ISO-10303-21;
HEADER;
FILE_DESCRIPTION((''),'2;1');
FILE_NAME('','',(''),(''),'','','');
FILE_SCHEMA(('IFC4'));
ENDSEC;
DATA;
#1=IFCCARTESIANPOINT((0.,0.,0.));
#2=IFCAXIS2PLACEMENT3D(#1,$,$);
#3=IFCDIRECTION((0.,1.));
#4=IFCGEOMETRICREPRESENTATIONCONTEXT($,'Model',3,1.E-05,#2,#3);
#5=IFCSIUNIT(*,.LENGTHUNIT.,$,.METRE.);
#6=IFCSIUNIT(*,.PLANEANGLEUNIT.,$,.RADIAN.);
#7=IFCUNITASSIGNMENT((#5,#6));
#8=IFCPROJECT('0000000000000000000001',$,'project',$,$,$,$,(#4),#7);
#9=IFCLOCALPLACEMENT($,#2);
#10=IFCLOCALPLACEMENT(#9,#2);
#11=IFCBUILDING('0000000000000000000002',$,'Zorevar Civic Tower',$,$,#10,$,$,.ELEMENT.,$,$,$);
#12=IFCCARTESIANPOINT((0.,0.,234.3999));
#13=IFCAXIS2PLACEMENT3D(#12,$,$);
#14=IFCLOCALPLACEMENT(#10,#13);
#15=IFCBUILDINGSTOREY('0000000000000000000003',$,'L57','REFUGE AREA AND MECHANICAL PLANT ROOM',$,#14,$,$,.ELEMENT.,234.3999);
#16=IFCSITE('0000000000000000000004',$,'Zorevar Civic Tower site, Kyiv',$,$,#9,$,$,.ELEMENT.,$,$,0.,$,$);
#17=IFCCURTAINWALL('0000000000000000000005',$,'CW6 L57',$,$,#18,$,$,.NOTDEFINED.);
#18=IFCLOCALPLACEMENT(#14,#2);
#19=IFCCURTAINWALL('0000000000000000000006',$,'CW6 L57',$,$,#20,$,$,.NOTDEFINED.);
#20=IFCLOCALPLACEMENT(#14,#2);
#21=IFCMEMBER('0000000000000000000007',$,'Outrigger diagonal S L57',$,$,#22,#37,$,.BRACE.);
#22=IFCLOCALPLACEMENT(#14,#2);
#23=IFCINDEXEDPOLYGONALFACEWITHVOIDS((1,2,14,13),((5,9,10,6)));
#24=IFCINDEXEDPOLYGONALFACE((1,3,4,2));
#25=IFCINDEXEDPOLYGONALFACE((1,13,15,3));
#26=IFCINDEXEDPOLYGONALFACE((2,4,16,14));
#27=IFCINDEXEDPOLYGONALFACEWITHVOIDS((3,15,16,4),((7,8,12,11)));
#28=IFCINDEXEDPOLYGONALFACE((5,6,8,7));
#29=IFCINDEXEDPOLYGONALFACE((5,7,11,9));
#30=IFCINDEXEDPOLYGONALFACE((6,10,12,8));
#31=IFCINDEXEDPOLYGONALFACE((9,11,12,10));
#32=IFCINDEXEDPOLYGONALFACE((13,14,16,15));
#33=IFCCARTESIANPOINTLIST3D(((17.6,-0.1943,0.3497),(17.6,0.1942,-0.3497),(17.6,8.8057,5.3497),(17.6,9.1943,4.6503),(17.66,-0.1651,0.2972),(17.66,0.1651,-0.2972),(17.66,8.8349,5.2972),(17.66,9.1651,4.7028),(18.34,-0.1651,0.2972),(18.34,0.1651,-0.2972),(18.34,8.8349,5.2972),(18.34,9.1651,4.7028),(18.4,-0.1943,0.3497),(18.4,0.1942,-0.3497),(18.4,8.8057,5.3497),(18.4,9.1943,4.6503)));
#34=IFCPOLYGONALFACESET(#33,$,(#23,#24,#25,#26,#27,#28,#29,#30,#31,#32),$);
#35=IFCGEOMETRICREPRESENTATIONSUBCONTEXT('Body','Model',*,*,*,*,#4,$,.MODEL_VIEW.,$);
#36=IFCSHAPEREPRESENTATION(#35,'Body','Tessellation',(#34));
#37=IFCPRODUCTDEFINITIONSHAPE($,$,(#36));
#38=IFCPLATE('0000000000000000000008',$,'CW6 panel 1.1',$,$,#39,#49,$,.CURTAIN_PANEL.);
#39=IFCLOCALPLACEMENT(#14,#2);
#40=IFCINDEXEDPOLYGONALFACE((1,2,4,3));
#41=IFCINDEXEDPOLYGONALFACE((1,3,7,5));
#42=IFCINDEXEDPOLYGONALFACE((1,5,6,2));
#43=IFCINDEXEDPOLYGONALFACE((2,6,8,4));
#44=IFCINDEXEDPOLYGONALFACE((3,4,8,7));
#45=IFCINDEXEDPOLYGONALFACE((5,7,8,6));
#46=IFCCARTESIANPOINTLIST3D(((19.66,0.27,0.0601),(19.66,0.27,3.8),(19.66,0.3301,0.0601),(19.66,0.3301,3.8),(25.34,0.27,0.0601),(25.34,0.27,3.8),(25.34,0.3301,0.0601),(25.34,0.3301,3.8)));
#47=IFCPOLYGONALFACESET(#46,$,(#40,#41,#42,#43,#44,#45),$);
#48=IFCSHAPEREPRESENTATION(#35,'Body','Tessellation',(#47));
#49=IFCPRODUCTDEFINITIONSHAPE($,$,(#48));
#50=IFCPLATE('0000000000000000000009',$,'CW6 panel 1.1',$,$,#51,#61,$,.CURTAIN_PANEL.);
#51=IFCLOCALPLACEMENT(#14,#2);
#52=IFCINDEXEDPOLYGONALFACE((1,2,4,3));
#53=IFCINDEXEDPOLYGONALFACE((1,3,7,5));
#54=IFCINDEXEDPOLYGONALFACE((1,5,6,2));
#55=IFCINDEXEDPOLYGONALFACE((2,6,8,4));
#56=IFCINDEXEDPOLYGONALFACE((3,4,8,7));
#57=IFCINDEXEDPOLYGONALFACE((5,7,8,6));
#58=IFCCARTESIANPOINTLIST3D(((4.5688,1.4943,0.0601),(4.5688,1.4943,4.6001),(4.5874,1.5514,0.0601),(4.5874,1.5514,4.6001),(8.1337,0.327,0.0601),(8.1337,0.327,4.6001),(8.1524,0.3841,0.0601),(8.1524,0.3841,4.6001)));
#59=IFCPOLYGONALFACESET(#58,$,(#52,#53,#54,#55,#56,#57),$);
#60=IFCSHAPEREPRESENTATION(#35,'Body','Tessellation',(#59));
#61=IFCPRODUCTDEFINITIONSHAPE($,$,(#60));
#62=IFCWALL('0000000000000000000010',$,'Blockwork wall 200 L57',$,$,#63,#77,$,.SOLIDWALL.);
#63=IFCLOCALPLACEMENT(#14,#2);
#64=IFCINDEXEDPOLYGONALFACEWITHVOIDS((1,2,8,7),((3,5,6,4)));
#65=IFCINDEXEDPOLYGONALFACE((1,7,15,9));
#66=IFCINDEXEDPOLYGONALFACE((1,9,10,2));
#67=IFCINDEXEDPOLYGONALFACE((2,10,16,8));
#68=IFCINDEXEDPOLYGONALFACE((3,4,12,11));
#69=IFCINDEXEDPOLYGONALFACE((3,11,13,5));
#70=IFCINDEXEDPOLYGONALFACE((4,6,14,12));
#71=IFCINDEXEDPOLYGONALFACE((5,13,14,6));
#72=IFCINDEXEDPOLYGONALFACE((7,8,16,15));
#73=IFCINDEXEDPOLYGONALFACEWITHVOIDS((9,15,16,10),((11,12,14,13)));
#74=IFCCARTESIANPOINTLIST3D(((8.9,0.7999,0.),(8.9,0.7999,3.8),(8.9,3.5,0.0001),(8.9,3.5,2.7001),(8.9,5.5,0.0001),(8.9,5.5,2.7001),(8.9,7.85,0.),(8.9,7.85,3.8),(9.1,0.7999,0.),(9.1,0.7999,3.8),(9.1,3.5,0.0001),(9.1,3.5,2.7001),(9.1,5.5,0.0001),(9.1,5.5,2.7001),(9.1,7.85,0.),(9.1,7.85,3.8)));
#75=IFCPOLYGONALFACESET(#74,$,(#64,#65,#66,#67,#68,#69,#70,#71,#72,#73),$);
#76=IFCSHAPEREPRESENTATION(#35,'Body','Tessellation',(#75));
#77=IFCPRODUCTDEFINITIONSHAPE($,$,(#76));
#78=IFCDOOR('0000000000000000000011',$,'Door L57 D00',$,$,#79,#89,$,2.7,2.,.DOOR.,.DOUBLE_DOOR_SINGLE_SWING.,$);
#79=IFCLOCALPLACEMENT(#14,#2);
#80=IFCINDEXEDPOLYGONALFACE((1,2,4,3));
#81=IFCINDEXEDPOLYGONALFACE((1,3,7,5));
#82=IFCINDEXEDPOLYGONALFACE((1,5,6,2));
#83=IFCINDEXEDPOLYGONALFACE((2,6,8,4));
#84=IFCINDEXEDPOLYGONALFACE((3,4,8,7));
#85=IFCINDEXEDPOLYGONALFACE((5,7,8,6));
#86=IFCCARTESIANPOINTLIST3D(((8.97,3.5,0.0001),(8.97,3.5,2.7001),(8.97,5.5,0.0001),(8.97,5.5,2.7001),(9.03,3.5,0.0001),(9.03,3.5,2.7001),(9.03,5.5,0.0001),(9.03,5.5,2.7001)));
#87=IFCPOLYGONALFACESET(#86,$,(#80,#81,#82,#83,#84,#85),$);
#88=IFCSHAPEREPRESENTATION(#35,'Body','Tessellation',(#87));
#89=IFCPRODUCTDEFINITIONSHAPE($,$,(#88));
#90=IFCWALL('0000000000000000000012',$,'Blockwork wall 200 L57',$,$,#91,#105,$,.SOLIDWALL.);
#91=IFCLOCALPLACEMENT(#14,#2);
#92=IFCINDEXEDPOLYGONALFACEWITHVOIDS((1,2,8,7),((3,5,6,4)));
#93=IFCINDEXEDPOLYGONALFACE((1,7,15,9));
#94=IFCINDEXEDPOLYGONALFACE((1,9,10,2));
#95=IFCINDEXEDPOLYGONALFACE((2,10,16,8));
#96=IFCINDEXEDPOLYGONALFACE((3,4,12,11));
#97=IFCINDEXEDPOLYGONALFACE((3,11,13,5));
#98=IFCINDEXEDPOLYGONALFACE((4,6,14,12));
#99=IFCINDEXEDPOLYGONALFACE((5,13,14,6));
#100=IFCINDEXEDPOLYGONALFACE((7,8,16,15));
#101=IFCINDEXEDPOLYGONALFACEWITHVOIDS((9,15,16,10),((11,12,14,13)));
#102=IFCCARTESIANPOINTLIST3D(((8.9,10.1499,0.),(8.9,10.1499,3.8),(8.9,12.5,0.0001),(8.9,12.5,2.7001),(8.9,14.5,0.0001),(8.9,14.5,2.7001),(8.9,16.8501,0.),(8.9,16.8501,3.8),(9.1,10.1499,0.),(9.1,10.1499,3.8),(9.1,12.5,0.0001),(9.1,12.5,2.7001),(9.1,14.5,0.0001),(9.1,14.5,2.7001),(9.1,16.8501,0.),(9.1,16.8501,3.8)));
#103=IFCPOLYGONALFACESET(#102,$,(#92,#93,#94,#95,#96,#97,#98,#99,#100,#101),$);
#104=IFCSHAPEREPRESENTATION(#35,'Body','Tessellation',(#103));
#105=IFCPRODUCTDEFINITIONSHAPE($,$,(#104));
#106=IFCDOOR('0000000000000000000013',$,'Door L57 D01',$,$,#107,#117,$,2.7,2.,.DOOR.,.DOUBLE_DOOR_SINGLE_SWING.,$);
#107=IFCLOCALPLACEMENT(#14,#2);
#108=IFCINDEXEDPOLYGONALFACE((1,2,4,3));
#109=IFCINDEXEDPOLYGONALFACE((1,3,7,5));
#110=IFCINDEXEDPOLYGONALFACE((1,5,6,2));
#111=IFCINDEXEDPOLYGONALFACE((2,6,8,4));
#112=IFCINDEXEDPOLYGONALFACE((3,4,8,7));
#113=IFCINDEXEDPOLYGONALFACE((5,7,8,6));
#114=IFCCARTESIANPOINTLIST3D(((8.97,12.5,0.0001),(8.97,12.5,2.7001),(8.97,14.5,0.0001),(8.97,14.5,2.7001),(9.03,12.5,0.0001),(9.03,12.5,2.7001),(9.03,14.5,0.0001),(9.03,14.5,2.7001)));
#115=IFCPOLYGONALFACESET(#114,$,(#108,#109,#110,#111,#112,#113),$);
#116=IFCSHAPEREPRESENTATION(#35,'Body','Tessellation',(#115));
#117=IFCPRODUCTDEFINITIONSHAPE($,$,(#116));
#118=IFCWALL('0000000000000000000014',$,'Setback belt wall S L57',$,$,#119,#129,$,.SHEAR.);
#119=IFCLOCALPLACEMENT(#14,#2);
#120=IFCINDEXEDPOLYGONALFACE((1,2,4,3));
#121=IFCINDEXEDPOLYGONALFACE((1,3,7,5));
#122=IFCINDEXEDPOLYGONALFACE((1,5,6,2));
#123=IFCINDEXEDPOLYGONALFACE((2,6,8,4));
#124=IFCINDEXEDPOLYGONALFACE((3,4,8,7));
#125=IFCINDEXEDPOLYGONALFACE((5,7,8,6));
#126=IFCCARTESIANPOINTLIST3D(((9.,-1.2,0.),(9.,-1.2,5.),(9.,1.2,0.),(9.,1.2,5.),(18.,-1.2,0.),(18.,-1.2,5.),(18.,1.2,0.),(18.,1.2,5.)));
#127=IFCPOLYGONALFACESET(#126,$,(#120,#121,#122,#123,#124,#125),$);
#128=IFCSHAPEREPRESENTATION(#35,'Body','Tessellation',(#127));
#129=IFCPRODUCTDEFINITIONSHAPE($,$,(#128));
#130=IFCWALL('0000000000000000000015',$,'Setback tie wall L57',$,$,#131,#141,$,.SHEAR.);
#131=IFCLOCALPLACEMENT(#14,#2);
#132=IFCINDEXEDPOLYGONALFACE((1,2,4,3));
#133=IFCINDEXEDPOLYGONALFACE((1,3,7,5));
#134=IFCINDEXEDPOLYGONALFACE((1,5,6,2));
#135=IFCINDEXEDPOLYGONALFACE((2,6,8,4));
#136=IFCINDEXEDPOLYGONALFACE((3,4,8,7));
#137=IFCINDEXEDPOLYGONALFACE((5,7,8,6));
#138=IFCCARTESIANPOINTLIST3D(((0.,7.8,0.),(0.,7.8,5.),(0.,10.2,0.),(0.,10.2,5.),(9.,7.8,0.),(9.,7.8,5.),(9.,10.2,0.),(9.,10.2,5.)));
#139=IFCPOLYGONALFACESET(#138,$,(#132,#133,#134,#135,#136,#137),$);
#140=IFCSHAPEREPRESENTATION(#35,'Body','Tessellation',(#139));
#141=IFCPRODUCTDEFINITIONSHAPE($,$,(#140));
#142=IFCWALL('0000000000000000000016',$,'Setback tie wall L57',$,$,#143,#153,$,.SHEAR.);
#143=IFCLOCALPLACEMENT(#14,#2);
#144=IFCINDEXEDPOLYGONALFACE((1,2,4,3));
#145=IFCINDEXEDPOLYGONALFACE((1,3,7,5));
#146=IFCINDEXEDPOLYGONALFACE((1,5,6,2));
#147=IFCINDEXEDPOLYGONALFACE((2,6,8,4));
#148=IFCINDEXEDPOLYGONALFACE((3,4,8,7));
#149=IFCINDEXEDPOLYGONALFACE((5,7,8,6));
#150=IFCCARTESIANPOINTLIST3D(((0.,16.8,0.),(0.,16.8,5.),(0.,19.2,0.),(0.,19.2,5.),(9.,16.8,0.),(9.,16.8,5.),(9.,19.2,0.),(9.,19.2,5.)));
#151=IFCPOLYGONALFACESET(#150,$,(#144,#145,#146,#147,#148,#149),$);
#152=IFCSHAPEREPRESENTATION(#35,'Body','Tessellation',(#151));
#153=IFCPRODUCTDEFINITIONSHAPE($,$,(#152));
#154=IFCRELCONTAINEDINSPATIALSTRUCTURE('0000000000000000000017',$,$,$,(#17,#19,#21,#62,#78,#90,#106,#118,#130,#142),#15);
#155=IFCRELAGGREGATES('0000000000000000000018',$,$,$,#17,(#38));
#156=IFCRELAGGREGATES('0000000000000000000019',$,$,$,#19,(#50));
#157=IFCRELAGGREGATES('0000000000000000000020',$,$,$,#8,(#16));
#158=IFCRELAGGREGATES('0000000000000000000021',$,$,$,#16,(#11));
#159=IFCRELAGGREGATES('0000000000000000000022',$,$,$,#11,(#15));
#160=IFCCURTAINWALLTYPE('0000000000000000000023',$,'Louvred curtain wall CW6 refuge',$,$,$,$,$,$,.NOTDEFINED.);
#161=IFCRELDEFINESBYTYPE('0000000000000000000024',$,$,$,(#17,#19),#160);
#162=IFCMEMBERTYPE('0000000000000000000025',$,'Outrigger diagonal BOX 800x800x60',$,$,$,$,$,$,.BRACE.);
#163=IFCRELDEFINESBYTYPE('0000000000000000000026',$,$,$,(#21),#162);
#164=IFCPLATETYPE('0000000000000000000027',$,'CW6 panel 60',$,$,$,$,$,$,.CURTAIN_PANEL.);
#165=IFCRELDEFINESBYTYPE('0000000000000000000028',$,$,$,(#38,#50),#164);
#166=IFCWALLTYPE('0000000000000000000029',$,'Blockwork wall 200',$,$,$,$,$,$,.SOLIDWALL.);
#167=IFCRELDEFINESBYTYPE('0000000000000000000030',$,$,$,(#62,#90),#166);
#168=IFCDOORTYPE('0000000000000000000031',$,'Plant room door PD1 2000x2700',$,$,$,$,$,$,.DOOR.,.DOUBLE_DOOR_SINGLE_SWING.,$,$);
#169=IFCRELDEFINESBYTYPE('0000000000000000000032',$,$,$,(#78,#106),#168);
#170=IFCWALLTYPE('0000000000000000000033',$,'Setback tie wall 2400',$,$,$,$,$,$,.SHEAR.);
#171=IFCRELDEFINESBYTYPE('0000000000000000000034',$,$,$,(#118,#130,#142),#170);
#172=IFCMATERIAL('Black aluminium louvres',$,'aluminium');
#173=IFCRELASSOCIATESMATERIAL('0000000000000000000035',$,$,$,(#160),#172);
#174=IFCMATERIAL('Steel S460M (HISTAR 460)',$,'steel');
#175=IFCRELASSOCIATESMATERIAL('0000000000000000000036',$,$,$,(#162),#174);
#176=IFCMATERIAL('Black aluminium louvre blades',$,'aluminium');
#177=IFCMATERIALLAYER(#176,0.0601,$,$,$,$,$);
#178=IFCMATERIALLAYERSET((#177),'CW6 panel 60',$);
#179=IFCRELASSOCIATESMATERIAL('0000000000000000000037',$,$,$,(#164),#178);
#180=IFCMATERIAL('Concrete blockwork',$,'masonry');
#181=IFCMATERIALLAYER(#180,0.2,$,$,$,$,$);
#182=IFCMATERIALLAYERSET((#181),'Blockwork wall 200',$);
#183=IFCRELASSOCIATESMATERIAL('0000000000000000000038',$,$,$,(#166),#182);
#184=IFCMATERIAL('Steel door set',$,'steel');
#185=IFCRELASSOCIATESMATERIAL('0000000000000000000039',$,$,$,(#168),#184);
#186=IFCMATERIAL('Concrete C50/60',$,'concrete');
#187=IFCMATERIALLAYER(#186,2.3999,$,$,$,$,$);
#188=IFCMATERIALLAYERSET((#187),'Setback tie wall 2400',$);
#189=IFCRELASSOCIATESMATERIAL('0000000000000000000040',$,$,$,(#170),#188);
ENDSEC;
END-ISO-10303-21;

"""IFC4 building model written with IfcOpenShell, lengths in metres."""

from ifc_helpers import new_model, si_unit, direction, frame, frame_2d, origin, origin_2d, place, context, subcontext, project, spatial, rectangle, hollow_rectangle, extrude, material, layer, layer_set, material_profile, profile_set, type_object, element, fill, aggregate, save


model = new_model("IFC4")

# Units and contexts
model_context = context("Model", 3, precision=1e-05, world=origin(), true_north=direction((0.0, 1.0)))
body_context = subcontext(model_context, "Body", "Model", "MODEL_VIEW")
ifc_project = project(units=[si_unit("LENGTHUNIT", "METRE"), si_unit("PLANEANGLEUNIT", "RADIAN")], contexts=[model_context])

# Site, building, storey
site_placement = place(None, origin())
site = spatial("IfcSite", under=ifc_project, at=site_placement, Name="Zorevar Civic Tower site, Kyiv", CompositionType="ELEMENT", RefElevation=0.0)
building_placement = place(site_placement, origin())
building = spatial("IfcBuilding", under=site, at=building_placement, Name="Zorevar Civic Tower", CompositionType="ELEMENT")
storey_placement = place(building_placement, frame((0.0, 0.0, 234.3999)))
storey = spatial("IfcBuildingStorey", under=building, at=storey_placement, Name="L57", Description="REFUGE AREA AND MECHANICAL PLANT ROOM", CompositionType="ELEMENT", Elevation=234.3999)

# Curtain wall
ifc_material_1 = material(Name="Black aluminium louvres", Category="aluminium")
curtain_wall_type = type_object("IfcCurtainWallType", Name="Louvred curtain wall CW6 refuge", PredefinedType="NOTDEFINED", material=ifc_material_1)
curtain_wall_1_placement = place(storey_placement, origin())
curtain_wall_1 = element("IfcCurtainWall", 1, at=curtain_wall_1_placement, inside=storey, type_object=curtain_wall_type, Name="CW6 L57", PredefinedType="NOTDEFINED")

# Curtain wall
curtain_wall_2_placement = place(storey_placement, origin())
curtain_wall_2 = element("IfcCurtainWall", 2, at=curtain_wall_2_placement, inside=storey, type_object=curtain_wall_type, Name="CW6 L57", PredefinedType="NOTDEFINED")

# Member
ifc_material_2 = material(Name="Steel S460M (HISTAR 460)", Category="steel")
ifc_material_profile_1 = material_profile(ifc_material_2, hollow_rectangle(XDim=0.8, YDim=0.8, WallThickness=0.0601, at=origin_2d()), Name="BOX 800x800x60")
ifc_profile_set_1 = profile_set([ifc_material_profile_1], Name="Steel S460M (HISTAR 460)")
member_type_1 = type_object("IfcMemberType", Name="Outrigger diagonal BOX 800x800x60", PredefinedType="BRACE", material=ifc_profile_set_1)
member_1_placement = place(storey_placement, frame((18.0, 9.0, 5.0), z_axis=(0.0, -0.874157, -0.485643), x_axis=(1.0, 0.0, 0.0)))
element("IfcMember", 3, at=member_1_placement, inside=storey, type_object=member_type_1, Name="Outrigger diagonal S L57", PredefinedType="BRACE", context=body_context, shape_type="SweptSolid", body=[
    extrude(hollow_rectangle(XDim=0.8, YDim=0.8, WallThickness=0.0601, at=origin_2d()), origin(), (0.0, 0.0, 1.0), 10.2957),
])

# Plates
ifc_material_3 = material(Name="Black aluminium louvre blades", Category="aluminium")
ifc_layer_1 = layer(ifc_material_3, 0.0601)
ifc_layer_set_1 = layer_set([ifc_layer_1], Name="CW6 panel 60")
plate_type = type_object("IfcPlateType", Name="CW6 panel 60", PredefinedType="CURTAIN_PANEL", material=ifc_layer_set_1)
plate_1_placement = place(storey_placement, frame((22.5, 0.3, 0.0601), z_axis=(0.0, 0.0, 1.0), x_axis=(1.0, 0.0, 0.0)))
plate_1 = element("IfcPlate", 4, at=plate_1_placement, type_object=plate_type, Name="CW6 panel 1.1", PredefinedType="CURTAIN_PANEL", context=body_context, shape_type="SweptSolid", body=[
    extrude(rectangle(XDim=5.6799, YDim=0.0601, at=origin_2d()), origin(), (0.0, 0.0, 1.0), 3.74),
])
aggregate(curtain_wall_1, [plate_1])
plate_2_placement = place(storey_placement, frame((6.3606, 0.9392, 0.0601), z_axis=(0.0, 0.0, 1.0), x_axis=(0.950354, -0.311169, 0.0)))
plate_2 = element("IfcPlate", 5, at=plate_2_placement, type_object=plate_type, Name="CW6 panel 1.1", PredefinedType="CURTAIN_PANEL", context=body_context, shape_type="SweptSolid", body=[
    extrude(rectangle(XDim=3.7512, YDim=0.0601, at=origin_2d()), origin(), (0.0, 0.0, 1.0), 4.54),
])
aggregate(curtain_wall_2, [plate_2])

# Walls, openings, doors
ifc_material_4 = material(Name="Concrete blockwork", Category="masonry")
ifc_layer_2 = layer(ifc_material_4, 0.2)
ifc_layer_set_2 = layer_set([ifc_layer_2], Name="Blockwork wall 200")
wall_type_1 = type_object("IfcWallType", Name="Blockwork wall 200", PredefinedType="SOLIDWALL", material=ifc_layer_set_2)
wall_1_placement = place(storey_placement, frame((9.0, 0.8, 0.0), z_axis=(0.0, 0.0, 1.0), x_axis=(0.0, 1.0, 0.0)))
wall_1 = element("IfcWall", 6, at=wall_1_placement, inside=storey, type_object=wall_type_1, Name="Blockwork wall 200 L57", PredefinedType="SOLIDWALL", context=body_context, shape_type="SweptSolid", body=[
    extrude(rectangle(XDim=7.05, YDim=0.2, at=frame_2d((3.5249, 0.0))), origin(), (0.0, 0.0, 1.0), 3.8),
])
opening_1_placement = place(wall_1_placement, frame((2.7, 0.0, 0.0)))
opening_1 = element("IfcOpeningElement", 7, at=opening_1_placement, cuts=wall_1, PredefinedType="OPENING", context=body_context, shape_type="SweptSolid", body=[
    extrude(rectangle(XDim=2.0, YDim=2.7, at=frame_2d((1.0, 1.3501))), frame((0.0, 0.1099, 0.0), z_axis=(0.0, -1.0, 0.0), x_axis=(1.0, 0.0, 0.0)), (0.0, 0.0, 1.0), 0.22),
])
ifc_material_5 = material(Name="Steel door set", Category="steel")
door_type = type_object("IfcDoorType", Name="Plant room door PD1 2000x2700", OperationType="DOUBLE_DOOR_SINGLE_SWING", PredefinedType="DOOR", material=ifc_material_5)
door_1_placement = place(opening_1_placement, origin())
door_1 = element("IfcDoor", 8, at=door_1_placement, inside=storey, type_object=door_type, Name="Door L57 D00", OperationType="DOUBLE_DOOR_SINGLE_SWING", OverallHeight=2.7, OverallWidth=2.0, PredefinedType="DOOR", context=body_context, shape_type="SweptSolid", body=[
    extrude(rectangle(XDim=2.0, YDim=2.7, at=frame_2d((1.0, 1.3501))), frame((0.0, 0.03, 0.0), z_axis=(0.0, -1.0, 0.0), x_axis=(1.0, 0.0, 0.0)), (0.0, 0.0, 1.0), 0.0601),
])
fill(opening_1, door_1)
wall_2_placement = place(storey_placement, frame((9.0, 10.1499, 0.0), z_axis=(0.0, 0.0, 1.0), x_axis=(0.0, 1.0, 0.0)))
wall_2 = element("IfcWall", 9, at=wall_2_placement, inside=storey, type_object=wall_type_1, Name="Blockwork wall 200 L57", PredefinedType="SOLIDWALL", context=body_context, shape_type="SweptSolid", body=[
    extrude(rectangle(XDim=6.7002, YDim=0.2, at=frame_2d((3.3501, 0.0))), origin(), (0.0, 0.0, 1.0), 3.8),
])
opening_2_placement = place(wall_2_placement, frame((2.3501, 0.0, 0.0)))
opening_2 = element("IfcOpeningElement", 10, at=opening_2_placement, cuts=wall_2, PredefinedType="OPENING", context=body_context, shape_type="SweptSolid", body=[
    extrude(rectangle(XDim=2.0, YDim=2.7, at=frame_2d((1.0, 1.3501))), frame((0.0, 0.1099, 0.0), z_axis=(0.0, -1.0, 0.0), x_axis=(1.0, 0.0, 0.0)), (0.0, 0.0, 1.0), 0.22),
])
door_2_placement = place(opening_2_placement, origin())
door_2 = element("IfcDoor", 11, at=door_2_placement, inside=storey, type_object=door_type, Name="Door L57 D01", OperationType="DOUBLE_DOOR_SINGLE_SWING", OverallHeight=2.7, OverallWidth=2.0, PredefinedType="DOOR", context=body_context, shape_type="SweptSolid", body=[
    extrude(rectangle(XDim=2.0, YDim=2.7, at=frame_2d((1.0, 1.3501))), frame((0.0, 0.03, 0.0), z_axis=(0.0, -1.0, 0.0), x_axis=(1.0, 0.0, 0.0)), (0.0, 0.0, 1.0), 0.0601),
])
fill(opening_2, door_2)

# Walls
ifc_material_6 = material(Name="Concrete C50/60", Category="concrete")
ifc_layer_3 = layer(ifc_material_6, 2.3999)
ifc_layer_set_3 = layer_set([ifc_layer_3], Name="Setback tie wall 2400")
wall_type_2 = type_object("IfcWallType", Name="Setback tie wall 2400", PredefinedType="SHEAR", material=ifc_layer_set_3)
for number, where, z_axis, x_axis, name in (
    (12, (9.0, 0.0, 0.0), (0.0, 0.0, 1.0), (1.0, 0.0, 0.0), "Setback belt wall S L57"),
    (13, (9.0, 9.0, 0.0), (0.0, 0.0, 1.0), (-1.0, 0.0, 0.0), "Setback tie wall L57"),
    (14, (9.0, 18.0, 0.0), (0.0, 0.0, 1.0), (-1.0, 0.0, 0.0), "Setback tie wall L57"),
):
    element("IfcWall", number, at=place(storey_placement, frame(where, z_axis=z_axis, x_axis=x_axis)), inside=storey, type_object=wall_type_2, Name=name, PredefinedType="SHEAR", context=body_context, shape_type="SweptSolid", body=[
        extrude(rectangle(XDim=9.0, YDim=2.3999, at=frame_2d((4.5, 0.0))), origin(), (0.0, 0.0, 1.0), 5.0),
    ])

save(model, "model.ifc")
